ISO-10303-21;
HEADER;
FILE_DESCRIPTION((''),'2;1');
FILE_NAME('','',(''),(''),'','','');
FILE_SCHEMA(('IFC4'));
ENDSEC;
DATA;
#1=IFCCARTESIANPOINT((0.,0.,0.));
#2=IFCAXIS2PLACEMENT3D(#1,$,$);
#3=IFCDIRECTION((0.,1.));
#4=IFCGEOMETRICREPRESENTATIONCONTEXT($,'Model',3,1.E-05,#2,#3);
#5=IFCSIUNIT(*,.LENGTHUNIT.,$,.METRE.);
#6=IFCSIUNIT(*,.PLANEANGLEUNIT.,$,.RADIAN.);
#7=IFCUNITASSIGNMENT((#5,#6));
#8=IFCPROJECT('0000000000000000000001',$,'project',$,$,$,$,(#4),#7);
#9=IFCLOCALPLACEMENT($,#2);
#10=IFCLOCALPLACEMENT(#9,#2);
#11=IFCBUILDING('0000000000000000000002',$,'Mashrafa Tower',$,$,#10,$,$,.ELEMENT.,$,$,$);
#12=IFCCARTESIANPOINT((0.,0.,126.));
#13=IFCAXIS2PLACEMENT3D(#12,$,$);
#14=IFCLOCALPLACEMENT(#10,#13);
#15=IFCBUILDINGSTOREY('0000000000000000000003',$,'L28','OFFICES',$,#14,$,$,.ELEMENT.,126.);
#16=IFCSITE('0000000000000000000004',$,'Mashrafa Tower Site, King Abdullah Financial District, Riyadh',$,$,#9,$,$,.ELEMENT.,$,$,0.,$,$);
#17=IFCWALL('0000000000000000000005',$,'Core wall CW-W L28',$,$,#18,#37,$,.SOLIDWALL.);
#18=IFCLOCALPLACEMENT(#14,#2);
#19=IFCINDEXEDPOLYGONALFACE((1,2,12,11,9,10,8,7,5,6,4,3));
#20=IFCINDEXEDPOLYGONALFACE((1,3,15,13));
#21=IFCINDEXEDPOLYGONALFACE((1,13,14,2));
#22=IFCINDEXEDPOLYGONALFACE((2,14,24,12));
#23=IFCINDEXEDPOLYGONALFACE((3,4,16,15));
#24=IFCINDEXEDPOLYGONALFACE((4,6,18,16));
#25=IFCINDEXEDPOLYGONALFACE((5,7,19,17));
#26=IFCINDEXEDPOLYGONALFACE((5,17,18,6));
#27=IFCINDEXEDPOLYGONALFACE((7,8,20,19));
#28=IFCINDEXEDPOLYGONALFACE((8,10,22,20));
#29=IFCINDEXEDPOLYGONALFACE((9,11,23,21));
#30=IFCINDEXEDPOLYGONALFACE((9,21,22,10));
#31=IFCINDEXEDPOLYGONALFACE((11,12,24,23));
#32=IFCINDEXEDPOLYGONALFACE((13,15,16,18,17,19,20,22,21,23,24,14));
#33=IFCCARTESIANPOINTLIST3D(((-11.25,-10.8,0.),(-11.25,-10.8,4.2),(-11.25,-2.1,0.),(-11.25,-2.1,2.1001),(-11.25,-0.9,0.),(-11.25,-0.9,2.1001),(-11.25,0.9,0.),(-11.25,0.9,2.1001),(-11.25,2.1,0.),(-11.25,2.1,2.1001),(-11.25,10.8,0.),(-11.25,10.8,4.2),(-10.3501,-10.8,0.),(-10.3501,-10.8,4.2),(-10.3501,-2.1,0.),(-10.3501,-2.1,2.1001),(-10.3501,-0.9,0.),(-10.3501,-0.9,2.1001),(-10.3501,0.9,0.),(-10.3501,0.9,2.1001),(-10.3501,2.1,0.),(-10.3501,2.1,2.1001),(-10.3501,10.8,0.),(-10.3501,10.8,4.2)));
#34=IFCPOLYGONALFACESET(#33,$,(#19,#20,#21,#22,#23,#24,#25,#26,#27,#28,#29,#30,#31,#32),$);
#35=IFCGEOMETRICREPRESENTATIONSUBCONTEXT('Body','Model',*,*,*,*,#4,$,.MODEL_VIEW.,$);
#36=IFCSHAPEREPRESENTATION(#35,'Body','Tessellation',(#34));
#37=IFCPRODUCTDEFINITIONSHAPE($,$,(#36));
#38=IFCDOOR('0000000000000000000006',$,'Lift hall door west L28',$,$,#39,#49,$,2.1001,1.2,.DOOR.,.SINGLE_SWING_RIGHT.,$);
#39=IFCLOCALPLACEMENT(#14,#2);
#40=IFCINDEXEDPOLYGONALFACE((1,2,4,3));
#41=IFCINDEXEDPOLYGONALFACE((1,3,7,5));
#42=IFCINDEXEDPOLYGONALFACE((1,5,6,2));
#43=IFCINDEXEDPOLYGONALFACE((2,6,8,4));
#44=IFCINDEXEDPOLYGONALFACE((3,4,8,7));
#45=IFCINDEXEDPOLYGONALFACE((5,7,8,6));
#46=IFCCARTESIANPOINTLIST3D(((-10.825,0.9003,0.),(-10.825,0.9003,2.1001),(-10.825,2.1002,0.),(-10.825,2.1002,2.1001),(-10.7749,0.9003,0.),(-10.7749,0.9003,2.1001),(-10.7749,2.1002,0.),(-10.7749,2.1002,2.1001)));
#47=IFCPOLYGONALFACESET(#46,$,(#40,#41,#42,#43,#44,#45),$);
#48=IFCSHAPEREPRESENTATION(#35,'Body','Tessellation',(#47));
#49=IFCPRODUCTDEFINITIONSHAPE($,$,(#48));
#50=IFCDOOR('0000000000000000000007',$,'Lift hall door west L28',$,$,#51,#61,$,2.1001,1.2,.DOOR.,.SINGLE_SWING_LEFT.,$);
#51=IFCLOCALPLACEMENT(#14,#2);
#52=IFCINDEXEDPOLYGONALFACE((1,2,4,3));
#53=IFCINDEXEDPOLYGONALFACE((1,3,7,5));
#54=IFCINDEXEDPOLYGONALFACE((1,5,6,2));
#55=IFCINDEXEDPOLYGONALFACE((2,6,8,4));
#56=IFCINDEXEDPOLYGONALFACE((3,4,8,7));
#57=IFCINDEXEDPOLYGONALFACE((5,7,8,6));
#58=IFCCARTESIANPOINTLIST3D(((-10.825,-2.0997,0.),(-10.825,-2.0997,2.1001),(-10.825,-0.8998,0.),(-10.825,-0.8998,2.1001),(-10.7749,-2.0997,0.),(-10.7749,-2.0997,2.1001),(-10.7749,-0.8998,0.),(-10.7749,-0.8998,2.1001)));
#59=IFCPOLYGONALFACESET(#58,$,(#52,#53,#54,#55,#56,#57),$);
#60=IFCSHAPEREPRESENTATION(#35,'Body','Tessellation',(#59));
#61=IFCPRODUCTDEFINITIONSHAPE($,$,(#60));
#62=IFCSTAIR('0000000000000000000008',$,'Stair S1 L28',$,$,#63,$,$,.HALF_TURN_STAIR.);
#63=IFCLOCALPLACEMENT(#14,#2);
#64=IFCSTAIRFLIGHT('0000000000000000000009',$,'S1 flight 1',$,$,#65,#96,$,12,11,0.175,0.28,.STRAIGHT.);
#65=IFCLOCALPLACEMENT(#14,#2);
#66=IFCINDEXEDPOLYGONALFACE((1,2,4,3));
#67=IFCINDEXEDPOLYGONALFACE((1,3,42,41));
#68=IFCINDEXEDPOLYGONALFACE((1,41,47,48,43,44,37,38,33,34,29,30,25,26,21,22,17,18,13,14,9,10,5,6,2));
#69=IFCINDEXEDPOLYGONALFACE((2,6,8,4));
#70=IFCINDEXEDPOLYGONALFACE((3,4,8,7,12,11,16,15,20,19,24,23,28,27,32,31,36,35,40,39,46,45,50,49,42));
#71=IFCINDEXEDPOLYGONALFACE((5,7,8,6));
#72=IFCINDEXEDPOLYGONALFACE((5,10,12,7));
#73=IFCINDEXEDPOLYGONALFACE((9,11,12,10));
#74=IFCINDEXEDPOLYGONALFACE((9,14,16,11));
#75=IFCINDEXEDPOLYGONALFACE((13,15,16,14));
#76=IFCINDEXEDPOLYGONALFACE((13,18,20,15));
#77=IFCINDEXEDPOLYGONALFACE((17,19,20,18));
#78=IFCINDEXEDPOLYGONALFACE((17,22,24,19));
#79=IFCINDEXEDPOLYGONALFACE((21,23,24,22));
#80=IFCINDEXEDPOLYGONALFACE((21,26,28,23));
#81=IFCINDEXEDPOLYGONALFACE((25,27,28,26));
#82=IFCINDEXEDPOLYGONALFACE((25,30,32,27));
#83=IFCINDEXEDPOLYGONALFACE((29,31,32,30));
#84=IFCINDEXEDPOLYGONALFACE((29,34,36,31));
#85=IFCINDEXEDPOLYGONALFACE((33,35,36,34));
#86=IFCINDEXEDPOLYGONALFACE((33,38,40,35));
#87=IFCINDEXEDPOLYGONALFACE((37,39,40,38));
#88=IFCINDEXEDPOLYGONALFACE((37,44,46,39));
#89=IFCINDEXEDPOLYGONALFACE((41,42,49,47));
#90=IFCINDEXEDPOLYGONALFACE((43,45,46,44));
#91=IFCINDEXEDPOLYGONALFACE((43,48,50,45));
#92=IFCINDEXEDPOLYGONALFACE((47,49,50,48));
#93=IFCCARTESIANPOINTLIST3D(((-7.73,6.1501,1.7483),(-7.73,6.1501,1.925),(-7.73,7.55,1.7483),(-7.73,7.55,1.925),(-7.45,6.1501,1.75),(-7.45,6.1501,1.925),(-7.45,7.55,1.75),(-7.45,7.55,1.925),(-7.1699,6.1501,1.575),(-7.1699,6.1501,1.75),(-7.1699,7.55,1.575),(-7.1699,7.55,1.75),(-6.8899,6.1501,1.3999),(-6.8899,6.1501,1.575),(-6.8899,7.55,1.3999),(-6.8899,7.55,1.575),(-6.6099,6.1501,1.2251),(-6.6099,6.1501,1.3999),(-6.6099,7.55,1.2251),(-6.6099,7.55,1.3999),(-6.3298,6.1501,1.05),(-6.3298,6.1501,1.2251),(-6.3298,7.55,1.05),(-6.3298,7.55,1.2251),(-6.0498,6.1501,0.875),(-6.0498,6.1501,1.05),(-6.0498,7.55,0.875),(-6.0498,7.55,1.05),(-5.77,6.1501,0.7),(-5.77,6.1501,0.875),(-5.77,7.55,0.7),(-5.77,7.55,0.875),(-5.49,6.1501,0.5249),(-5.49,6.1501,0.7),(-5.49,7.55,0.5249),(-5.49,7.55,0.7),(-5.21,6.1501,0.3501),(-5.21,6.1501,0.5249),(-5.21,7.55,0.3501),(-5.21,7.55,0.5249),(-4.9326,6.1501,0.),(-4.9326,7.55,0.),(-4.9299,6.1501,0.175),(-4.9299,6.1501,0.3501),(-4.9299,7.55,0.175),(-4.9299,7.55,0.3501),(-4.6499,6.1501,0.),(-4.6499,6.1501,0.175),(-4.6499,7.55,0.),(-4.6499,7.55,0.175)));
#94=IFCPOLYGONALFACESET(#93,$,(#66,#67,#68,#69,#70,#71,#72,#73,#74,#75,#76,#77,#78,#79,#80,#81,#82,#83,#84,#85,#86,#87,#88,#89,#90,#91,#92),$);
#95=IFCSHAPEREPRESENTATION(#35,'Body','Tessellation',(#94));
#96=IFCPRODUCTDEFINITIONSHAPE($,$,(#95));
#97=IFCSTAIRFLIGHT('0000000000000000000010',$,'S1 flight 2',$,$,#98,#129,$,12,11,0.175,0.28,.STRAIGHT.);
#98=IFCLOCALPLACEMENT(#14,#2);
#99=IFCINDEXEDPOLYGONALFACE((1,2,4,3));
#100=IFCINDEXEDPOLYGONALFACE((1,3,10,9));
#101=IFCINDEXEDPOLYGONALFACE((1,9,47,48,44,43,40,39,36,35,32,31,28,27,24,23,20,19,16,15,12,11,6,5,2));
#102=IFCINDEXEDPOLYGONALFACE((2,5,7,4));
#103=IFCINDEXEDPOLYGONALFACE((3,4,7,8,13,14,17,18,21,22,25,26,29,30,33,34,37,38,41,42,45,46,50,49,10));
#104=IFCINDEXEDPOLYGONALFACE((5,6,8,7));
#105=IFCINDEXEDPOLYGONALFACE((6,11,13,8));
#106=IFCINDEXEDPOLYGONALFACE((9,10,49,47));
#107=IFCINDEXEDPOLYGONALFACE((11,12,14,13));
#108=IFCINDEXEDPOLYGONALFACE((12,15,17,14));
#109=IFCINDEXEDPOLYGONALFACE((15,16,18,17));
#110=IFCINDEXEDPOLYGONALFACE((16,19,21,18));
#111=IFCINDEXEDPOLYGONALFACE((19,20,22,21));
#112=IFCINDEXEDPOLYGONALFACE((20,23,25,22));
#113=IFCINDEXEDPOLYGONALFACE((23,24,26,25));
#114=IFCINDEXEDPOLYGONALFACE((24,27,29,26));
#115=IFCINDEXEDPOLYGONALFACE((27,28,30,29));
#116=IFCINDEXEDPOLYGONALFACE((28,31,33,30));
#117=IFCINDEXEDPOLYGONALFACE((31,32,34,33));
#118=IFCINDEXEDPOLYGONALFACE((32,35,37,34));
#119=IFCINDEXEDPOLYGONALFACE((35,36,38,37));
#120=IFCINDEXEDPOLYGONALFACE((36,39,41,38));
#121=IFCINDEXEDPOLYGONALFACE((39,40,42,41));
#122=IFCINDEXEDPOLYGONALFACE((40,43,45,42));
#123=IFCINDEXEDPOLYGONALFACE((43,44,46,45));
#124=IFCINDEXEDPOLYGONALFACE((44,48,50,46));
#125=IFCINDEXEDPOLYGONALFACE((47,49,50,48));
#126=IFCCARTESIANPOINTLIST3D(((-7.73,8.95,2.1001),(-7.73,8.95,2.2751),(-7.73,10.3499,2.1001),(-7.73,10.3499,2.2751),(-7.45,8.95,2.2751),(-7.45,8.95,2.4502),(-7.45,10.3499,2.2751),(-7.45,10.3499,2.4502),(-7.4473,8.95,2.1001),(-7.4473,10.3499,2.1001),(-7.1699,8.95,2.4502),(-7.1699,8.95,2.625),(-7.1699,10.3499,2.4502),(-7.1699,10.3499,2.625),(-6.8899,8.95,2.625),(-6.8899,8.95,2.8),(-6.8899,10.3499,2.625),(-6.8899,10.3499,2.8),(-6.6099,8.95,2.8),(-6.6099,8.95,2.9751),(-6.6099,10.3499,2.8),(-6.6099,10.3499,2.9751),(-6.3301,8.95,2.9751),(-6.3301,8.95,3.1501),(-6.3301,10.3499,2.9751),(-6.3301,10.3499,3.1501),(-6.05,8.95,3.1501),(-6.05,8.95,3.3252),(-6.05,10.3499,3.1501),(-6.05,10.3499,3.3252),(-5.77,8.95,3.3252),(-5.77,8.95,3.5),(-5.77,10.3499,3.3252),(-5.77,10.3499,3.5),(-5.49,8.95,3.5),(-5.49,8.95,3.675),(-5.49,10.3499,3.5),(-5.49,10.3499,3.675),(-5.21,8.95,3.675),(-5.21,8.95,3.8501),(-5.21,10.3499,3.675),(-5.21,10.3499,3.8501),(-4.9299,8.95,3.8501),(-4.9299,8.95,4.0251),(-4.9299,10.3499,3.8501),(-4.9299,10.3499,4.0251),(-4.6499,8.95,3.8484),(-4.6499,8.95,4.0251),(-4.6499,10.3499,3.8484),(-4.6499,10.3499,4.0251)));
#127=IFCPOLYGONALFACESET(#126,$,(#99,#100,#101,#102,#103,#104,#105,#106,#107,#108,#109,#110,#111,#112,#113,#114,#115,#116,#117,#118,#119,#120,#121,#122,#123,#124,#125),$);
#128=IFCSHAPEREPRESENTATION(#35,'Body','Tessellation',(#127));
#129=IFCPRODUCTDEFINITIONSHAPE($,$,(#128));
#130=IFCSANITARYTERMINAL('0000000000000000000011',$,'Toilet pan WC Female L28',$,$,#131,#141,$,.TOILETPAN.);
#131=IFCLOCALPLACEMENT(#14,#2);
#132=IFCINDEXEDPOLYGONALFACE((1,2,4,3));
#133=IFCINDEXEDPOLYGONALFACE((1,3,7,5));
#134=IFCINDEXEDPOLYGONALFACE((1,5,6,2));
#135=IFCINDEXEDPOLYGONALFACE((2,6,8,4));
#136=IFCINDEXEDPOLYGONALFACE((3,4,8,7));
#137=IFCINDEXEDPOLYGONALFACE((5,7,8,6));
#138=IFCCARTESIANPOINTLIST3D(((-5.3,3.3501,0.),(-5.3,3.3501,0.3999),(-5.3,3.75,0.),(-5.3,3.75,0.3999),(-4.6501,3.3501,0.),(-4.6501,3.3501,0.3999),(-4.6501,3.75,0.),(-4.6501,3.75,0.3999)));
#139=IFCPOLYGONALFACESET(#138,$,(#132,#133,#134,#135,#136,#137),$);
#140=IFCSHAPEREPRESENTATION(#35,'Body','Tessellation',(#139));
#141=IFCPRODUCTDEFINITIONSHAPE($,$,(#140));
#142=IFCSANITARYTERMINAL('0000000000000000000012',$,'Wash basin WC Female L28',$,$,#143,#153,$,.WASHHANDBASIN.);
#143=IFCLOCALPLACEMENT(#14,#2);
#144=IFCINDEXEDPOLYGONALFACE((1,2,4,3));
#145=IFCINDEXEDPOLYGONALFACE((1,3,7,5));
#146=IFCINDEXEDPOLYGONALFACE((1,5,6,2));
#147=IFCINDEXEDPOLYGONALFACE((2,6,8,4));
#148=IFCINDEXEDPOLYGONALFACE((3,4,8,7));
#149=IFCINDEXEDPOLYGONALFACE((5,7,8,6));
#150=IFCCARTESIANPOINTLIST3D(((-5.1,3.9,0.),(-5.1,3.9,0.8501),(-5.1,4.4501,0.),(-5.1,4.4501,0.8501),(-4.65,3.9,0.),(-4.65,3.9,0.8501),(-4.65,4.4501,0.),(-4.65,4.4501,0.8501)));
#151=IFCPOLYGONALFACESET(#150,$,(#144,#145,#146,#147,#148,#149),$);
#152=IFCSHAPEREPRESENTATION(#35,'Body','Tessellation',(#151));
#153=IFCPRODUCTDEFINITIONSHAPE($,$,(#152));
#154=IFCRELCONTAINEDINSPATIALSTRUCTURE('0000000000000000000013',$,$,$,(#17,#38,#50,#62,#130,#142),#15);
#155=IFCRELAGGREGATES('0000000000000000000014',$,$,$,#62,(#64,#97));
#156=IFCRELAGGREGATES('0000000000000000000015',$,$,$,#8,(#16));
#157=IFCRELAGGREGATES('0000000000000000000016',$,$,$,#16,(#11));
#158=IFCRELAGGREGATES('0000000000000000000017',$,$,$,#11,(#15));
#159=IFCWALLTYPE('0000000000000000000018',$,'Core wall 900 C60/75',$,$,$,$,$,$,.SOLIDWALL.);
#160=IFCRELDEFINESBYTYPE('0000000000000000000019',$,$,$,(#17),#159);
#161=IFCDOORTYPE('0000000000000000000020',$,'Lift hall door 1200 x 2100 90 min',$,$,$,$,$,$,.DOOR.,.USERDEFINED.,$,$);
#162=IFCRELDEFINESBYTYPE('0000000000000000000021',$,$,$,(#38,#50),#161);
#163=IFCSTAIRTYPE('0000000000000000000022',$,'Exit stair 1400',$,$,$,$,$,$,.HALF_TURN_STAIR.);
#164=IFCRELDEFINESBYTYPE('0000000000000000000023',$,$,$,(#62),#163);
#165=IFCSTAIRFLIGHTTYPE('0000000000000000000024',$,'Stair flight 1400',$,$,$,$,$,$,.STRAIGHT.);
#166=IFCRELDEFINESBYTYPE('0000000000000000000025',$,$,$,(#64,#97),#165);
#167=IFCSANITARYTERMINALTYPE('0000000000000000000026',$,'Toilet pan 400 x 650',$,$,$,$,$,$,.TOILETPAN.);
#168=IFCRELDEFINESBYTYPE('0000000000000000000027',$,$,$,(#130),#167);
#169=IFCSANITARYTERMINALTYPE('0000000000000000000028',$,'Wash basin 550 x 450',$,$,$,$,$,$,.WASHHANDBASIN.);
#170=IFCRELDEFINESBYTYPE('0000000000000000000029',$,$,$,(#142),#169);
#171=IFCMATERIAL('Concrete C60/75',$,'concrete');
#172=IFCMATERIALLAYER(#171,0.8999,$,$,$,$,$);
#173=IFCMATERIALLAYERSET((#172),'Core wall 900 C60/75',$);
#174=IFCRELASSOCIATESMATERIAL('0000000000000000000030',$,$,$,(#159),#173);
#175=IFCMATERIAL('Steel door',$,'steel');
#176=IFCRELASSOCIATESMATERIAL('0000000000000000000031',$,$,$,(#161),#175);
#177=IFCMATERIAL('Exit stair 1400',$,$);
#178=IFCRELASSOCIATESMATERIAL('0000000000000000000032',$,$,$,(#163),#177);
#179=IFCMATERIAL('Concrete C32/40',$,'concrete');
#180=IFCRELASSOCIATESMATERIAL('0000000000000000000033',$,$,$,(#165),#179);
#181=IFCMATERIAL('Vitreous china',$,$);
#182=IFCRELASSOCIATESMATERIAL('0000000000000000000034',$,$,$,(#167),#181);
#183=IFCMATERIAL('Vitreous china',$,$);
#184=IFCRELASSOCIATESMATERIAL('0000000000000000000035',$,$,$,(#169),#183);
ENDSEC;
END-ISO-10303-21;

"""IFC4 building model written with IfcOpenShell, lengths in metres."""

from ifc_helpers import new_model, si_unit, direction, frame, frame_2d, origin, origin_2d, place, context, subcontext, project, spatial, polyline, rectangle, outline, extrude, material, layer, layer_set, type_object, element, fill, aggregate, save


model = new_model("IFC4")

# Units and contexts
model_context = context("Model", 3, precision=1e-05, world=origin(), true_north=direction((0.0, 1.0)))
body_context = subcontext(model_context, "Body", "Model", "MODEL_VIEW")
ifc_project = project(units=[si_unit("LENGTHUNIT", "METRE"), si_unit("PLANEANGLEUNIT", "RADIAN")], contexts=[model_context])

# Site, building, storey
site_placement = place(None, origin())
site = spatial("IfcSite", under=ifc_project, at=site_placement, Name="Mashrafa Tower Site, King Abdullah Financial District, Riyadh", CompositionType="ELEMENT", RefElevation=0.0)
building_placement = place(site_placement, origin())
building = spatial("IfcBuilding", under=site, at=building_placement, Name="Mashrafa Tower", CompositionType="ELEMENT")
storey_placement = place(building_placement, frame((0.0, 0.0, 126.0)))
storey = spatial("IfcBuildingStorey", under=building, at=storey_placement, Name="L28", Description="OFFICES", CompositionType="ELEMENT", Elevation=126.0)

# Wall, openings, doors
ifc_material_1 = material(Name="Concrete C60/75", Category="concrete")
ifc_layer_1 = layer(ifc_material_1, 0.8999)
ifc_layer_set_1 = layer_set([ifc_layer_1], Name="Core wall 900 C60/75")
wall_type_1 = type_object("IfcWallType", Name="Core wall 900 C60/75", PredefinedType="SOLIDWALL", material=ifc_layer_set_1)
wall_1_placement = place(storey_placement, frame((-10.8, 10.8, 0.0), z_axis=(0.0, 0.0, 1.0), x_axis=(0.0, -1.0, 0.0)))
wall_1 = element("IfcWall", 1, at=wall_1_placement, inside=storey, type_object=wall_type_1, Name="Core wall CW-W L28", PredefinedType="SOLIDWALL", context=body_context, shape_type="SweptSolid", body=[
    extrude(rectangle(XDim=21.6001, YDim=0.8999, at=frame_2d((10.8, 0.0))), origin(), (0.0, 0.0, 1.0), 4.2),
])
opening_1_placement = place(wall_1_placement, frame((8.7, 0.0, 0.0)))
opening_1 = element("IfcOpeningElement", 2, at=opening_1_placement, cuts=wall_1, PredefinedType="OPENING", context=body_context, shape_type="SweptSolid", body=[
    extrude(rectangle(XDim=1.2, YDim=2.1001, at=frame_2d((0.6001, 1.05))), frame((0.0, 0.46, 0.0), z_axis=(0.0, -1.0, 0.0), x_axis=(1.0, 0.0, 0.0)), (0.0, 0.0, 1.0), 0.9199),
])
opening_2_placement = place(wall_1_placement, frame((11.7, 0.0, 0.0)))
opening_2 = element("IfcOpeningElement", 3, at=opening_2_placement, cuts=wall_1, PredefinedType="OPENING", context=body_context, shape_type="SweptSolid", body=[
    extrude(rectangle(XDim=1.2, YDim=2.1001, at=frame_2d((0.6001, 1.05))), frame((0.0, 0.46, 0.0), z_axis=(0.0, -1.0, 0.0), x_axis=(1.0, 0.0, 0.0)), (0.0, 0.0, 1.0), 0.9199),
])
ifc_material_2 = material(Name="Steel door", Category="steel")
door_type_1 = type_object("IfcDoorType", Name="Lift hall door 1200 x 2100 90 min", OperationType="USERDEFINED", PredefinedType="DOOR", material=ifc_material_2)
door_1_placement = place(opening_1_placement, frame((1.2, 0.0, 0.0), z_axis=(0.0, 0.0, 1.0), x_axis=(-1.0, 0.0, 0.0)))
door_1 = element("IfcDoor", 4, at=door_1_placement, inside=storey, type_object=door_type_1, Name="Lift hall door west L28", OperationType="SINGLE_SWING_RIGHT", OverallHeight=2.1001, OverallWidth=1.2, PredefinedType="DOOR", context=body_context, shape_type="SweptSolid", body=[
    extrude(rectangle(XDim=1.2, YDim=2.1001, at=frame_2d((0.6001, 1.05))), frame((0.0, 0.0249, 0.0), z_axis=(0.0, -1.0, 0.0), x_axis=(1.0, 0.0, 0.0)), (0.0, 0.0, 1.0), 0.05),
])
fill(opening_1, door_1)
door_2_placement = place(opening_2_placement, frame((1.2, 0.0, 0.0), z_axis=(0.0, 0.0, 1.0), x_axis=(-1.0, 0.0, 0.0)))
door_2 = element("IfcDoor", 5, at=door_2_placement, inside=storey, type_object=door_type_1, Name="Lift hall door west L28", OperationType="SINGLE_SWING_LEFT", OverallHeight=2.1001, OverallWidth=1.2, PredefinedType="DOOR", context=body_context, shape_type="SweptSolid", body=[
    extrude(rectangle(XDim=1.2, YDim=2.1001, at=frame_2d((0.6001, 1.05))), frame((0.0, 0.0249, 0.0), z_axis=(0.0, -1.0, 0.0), x_axis=(1.0, 0.0, 0.0)), (0.0, 0.0, 1.0), 0.05),
])
fill(opening_2, door_2)

# Stair, stair flights
ifc_material_3 = material(Name="Exit stair 1400")
stair_type = type_object("IfcStairType", Name="Exit stair 1400", PredefinedType="HALF_TURN_STAIR", material=ifc_material_3)
stair_placement = place(storey_placement, origin())
stair = element("IfcStair", 6, at=stair_placement, inside=storey, type_object=stair_type, Name="Stair S1 L28", PredefinedType="HALF_TURN_STAIR")
ifc_material_4 = material(Name="Concrete C32/40", Category="concrete")
stair_flight_type = type_object("IfcStairFlightType", Name="Stair flight 1400", PredefinedType="STRAIGHT", material=ifc_material_4)
stair_flight_1_placement = place(storey_placement, frame((-4.6499, 6.8501, 0.0), z_axis=(0.0, 0.0, 1.0), x_axis=(-1.0, 0.0, 0.0)))
stair_flight_1 = element("IfcStairFlight", 7, at=stair_flight_1_placement, type_object=stair_flight_type, Name="S1 flight 1", NumberOfRisers=12, NumberOfTreads=11, PredefinedType="STRAIGHT", RiserHeight=0.175, TreadLength=0.28, context=body_context, shape_type="SweptSolid", body=[
    extrude(outline(polyline([(0.0, 0.0), (0.0, 0.175), (0.28, 0.175), (0.28, 0.3501), (0.5601, 0.3501), (0.5601, 0.5249), (0.8401, 0.5249), (0.8401, 0.7), (1.1201, 0.7), (1.1201, 0.875), (1.3999, 0.875), (1.3999, 1.05), (1.6799, 1.05), (1.6799, 1.2251), (1.96, 1.2251), (1.96, 1.3999), (2.24, 1.3999), (2.24, 1.575), (2.52, 1.575), (2.52, 1.75), (2.8, 1.75), (2.8, 1.925), (3.0801, 1.925), (3.0801, 2.1001), (3.0801, 1.7483), (0.2827, 0.0), (0.0, 0.0)])), frame((0.0, 0.7, 0.0), z_axis=(0.0, -1.0, 0.0), x_axis=(1.0, 0.0, 0.0)), (0.0, 0.0, 1.0), 1.3999),
])
stair_flight_2_placement = place(storey_placement, frame((-7.73, 9.6499, 2.1001), z_axis=(0.0, 0.0, 1.0), x_axis=(1.0, 0.0, 0.0)))
stair_flight_2 = element("IfcStairFlight", 8, at=stair_flight_2_placement, type_object=stair_flight_type, Name="S1 flight 2", NumberOfRisers=12, NumberOfTreads=11, PredefinedType="STRAIGHT", RiserHeight=0.175, TreadLength=0.28, context=body_context, shape_type="SweptSolid", body=[
    extrude(outline(polyline([(0.0, 0.0), (0.0, 0.175), (0.28, 0.175), (0.28, 0.3501), (0.5601, 0.3501), (0.5601, 0.5249), (0.8401, 0.5249), (0.8401, 0.7), (1.1201, 0.7), (1.1201, 0.875), (1.3999, 0.875), (1.3999, 1.05), (1.6799, 1.05), (1.6799, 1.2251), (1.96, 1.2251), (1.96, 1.3999), (2.24, 1.3999), (2.24, 1.575), (2.52, 1.575), (2.52, 1.75), (2.8, 1.75), (2.8, 1.925), (3.0801, 1.925), (3.0801, 2.1001), (3.0801, 1.7483), (0.2827, 0.0), (0.0, 0.0)])), frame((0.0, 0.7, 0.0), z_axis=(0.0, -1.0, 0.0), x_axis=(1.0, 0.0, 0.0)), (0.0, 0.0, 1.0), 1.3999),
])
aggregate(stair, [stair_flight_1, stair_flight_2])

# Sanitary terminals
ifc_material_5 = material(Name="Vitreous china")
sanitary_terminal_type_1 = type_object("IfcSanitaryTerminalType", Name="Toilet pan 400 x 650", PredefinedType="TOILETPAN", material=ifc_material_5)
sanitary_terminal_1_placement = place(storey_placement, frame((-4.9751, 3.55, 0.0), z_axis=(0.0, 0.0, 1.0), x_axis=(0.0, 1.0, 0.0)))
element("IfcSanitaryTerminal", 9, at=sanitary_terminal_1_placement, inside=storey, type_object=sanitary_terminal_type_1, Name="Toilet pan WC Female L28", PredefinedType="TOILETPAN", context=body_context, shape_type="SweptSolid", body=[
    extrude(rectangle(XDim=0.3999, YDim=0.6499, at=origin_2d()), origin(), (0.0, 0.0, 1.0), 0.3999),
])
ifc_material_6 = material(Name="Vitreous china")
sanitary_terminal_type_2 = type_object("IfcSanitaryTerminalType", Name="Wash basin 550 x 450", PredefinedType="WASHHANDBASIN", material=ifc_material_6)
sanitary_terminal_2_placement = place(storey_placement, frame((-4.875, 4.175, 0.0), z_axis=(0.0, 0.0, 1.0), x_axis=(0.0, 1.0, 0.0)))
element("IfcSanitaryTerminal", 10, at=sanitary_terminal_2_placement, inside=storey, type_object=sanitary_terminal_type_2, Name="Wash basin WC Female L28", PredefinedType="WASHHANDBASIN", context=body_context, shape_type="SweptSolid", body=[
    extrude(rectangle(XDim=0.55, YDim=0.45, at=origin_2d()), origin(), (0.0, 0.0, 1.0), 0.8501),
])

save(model, "model.ifc")
